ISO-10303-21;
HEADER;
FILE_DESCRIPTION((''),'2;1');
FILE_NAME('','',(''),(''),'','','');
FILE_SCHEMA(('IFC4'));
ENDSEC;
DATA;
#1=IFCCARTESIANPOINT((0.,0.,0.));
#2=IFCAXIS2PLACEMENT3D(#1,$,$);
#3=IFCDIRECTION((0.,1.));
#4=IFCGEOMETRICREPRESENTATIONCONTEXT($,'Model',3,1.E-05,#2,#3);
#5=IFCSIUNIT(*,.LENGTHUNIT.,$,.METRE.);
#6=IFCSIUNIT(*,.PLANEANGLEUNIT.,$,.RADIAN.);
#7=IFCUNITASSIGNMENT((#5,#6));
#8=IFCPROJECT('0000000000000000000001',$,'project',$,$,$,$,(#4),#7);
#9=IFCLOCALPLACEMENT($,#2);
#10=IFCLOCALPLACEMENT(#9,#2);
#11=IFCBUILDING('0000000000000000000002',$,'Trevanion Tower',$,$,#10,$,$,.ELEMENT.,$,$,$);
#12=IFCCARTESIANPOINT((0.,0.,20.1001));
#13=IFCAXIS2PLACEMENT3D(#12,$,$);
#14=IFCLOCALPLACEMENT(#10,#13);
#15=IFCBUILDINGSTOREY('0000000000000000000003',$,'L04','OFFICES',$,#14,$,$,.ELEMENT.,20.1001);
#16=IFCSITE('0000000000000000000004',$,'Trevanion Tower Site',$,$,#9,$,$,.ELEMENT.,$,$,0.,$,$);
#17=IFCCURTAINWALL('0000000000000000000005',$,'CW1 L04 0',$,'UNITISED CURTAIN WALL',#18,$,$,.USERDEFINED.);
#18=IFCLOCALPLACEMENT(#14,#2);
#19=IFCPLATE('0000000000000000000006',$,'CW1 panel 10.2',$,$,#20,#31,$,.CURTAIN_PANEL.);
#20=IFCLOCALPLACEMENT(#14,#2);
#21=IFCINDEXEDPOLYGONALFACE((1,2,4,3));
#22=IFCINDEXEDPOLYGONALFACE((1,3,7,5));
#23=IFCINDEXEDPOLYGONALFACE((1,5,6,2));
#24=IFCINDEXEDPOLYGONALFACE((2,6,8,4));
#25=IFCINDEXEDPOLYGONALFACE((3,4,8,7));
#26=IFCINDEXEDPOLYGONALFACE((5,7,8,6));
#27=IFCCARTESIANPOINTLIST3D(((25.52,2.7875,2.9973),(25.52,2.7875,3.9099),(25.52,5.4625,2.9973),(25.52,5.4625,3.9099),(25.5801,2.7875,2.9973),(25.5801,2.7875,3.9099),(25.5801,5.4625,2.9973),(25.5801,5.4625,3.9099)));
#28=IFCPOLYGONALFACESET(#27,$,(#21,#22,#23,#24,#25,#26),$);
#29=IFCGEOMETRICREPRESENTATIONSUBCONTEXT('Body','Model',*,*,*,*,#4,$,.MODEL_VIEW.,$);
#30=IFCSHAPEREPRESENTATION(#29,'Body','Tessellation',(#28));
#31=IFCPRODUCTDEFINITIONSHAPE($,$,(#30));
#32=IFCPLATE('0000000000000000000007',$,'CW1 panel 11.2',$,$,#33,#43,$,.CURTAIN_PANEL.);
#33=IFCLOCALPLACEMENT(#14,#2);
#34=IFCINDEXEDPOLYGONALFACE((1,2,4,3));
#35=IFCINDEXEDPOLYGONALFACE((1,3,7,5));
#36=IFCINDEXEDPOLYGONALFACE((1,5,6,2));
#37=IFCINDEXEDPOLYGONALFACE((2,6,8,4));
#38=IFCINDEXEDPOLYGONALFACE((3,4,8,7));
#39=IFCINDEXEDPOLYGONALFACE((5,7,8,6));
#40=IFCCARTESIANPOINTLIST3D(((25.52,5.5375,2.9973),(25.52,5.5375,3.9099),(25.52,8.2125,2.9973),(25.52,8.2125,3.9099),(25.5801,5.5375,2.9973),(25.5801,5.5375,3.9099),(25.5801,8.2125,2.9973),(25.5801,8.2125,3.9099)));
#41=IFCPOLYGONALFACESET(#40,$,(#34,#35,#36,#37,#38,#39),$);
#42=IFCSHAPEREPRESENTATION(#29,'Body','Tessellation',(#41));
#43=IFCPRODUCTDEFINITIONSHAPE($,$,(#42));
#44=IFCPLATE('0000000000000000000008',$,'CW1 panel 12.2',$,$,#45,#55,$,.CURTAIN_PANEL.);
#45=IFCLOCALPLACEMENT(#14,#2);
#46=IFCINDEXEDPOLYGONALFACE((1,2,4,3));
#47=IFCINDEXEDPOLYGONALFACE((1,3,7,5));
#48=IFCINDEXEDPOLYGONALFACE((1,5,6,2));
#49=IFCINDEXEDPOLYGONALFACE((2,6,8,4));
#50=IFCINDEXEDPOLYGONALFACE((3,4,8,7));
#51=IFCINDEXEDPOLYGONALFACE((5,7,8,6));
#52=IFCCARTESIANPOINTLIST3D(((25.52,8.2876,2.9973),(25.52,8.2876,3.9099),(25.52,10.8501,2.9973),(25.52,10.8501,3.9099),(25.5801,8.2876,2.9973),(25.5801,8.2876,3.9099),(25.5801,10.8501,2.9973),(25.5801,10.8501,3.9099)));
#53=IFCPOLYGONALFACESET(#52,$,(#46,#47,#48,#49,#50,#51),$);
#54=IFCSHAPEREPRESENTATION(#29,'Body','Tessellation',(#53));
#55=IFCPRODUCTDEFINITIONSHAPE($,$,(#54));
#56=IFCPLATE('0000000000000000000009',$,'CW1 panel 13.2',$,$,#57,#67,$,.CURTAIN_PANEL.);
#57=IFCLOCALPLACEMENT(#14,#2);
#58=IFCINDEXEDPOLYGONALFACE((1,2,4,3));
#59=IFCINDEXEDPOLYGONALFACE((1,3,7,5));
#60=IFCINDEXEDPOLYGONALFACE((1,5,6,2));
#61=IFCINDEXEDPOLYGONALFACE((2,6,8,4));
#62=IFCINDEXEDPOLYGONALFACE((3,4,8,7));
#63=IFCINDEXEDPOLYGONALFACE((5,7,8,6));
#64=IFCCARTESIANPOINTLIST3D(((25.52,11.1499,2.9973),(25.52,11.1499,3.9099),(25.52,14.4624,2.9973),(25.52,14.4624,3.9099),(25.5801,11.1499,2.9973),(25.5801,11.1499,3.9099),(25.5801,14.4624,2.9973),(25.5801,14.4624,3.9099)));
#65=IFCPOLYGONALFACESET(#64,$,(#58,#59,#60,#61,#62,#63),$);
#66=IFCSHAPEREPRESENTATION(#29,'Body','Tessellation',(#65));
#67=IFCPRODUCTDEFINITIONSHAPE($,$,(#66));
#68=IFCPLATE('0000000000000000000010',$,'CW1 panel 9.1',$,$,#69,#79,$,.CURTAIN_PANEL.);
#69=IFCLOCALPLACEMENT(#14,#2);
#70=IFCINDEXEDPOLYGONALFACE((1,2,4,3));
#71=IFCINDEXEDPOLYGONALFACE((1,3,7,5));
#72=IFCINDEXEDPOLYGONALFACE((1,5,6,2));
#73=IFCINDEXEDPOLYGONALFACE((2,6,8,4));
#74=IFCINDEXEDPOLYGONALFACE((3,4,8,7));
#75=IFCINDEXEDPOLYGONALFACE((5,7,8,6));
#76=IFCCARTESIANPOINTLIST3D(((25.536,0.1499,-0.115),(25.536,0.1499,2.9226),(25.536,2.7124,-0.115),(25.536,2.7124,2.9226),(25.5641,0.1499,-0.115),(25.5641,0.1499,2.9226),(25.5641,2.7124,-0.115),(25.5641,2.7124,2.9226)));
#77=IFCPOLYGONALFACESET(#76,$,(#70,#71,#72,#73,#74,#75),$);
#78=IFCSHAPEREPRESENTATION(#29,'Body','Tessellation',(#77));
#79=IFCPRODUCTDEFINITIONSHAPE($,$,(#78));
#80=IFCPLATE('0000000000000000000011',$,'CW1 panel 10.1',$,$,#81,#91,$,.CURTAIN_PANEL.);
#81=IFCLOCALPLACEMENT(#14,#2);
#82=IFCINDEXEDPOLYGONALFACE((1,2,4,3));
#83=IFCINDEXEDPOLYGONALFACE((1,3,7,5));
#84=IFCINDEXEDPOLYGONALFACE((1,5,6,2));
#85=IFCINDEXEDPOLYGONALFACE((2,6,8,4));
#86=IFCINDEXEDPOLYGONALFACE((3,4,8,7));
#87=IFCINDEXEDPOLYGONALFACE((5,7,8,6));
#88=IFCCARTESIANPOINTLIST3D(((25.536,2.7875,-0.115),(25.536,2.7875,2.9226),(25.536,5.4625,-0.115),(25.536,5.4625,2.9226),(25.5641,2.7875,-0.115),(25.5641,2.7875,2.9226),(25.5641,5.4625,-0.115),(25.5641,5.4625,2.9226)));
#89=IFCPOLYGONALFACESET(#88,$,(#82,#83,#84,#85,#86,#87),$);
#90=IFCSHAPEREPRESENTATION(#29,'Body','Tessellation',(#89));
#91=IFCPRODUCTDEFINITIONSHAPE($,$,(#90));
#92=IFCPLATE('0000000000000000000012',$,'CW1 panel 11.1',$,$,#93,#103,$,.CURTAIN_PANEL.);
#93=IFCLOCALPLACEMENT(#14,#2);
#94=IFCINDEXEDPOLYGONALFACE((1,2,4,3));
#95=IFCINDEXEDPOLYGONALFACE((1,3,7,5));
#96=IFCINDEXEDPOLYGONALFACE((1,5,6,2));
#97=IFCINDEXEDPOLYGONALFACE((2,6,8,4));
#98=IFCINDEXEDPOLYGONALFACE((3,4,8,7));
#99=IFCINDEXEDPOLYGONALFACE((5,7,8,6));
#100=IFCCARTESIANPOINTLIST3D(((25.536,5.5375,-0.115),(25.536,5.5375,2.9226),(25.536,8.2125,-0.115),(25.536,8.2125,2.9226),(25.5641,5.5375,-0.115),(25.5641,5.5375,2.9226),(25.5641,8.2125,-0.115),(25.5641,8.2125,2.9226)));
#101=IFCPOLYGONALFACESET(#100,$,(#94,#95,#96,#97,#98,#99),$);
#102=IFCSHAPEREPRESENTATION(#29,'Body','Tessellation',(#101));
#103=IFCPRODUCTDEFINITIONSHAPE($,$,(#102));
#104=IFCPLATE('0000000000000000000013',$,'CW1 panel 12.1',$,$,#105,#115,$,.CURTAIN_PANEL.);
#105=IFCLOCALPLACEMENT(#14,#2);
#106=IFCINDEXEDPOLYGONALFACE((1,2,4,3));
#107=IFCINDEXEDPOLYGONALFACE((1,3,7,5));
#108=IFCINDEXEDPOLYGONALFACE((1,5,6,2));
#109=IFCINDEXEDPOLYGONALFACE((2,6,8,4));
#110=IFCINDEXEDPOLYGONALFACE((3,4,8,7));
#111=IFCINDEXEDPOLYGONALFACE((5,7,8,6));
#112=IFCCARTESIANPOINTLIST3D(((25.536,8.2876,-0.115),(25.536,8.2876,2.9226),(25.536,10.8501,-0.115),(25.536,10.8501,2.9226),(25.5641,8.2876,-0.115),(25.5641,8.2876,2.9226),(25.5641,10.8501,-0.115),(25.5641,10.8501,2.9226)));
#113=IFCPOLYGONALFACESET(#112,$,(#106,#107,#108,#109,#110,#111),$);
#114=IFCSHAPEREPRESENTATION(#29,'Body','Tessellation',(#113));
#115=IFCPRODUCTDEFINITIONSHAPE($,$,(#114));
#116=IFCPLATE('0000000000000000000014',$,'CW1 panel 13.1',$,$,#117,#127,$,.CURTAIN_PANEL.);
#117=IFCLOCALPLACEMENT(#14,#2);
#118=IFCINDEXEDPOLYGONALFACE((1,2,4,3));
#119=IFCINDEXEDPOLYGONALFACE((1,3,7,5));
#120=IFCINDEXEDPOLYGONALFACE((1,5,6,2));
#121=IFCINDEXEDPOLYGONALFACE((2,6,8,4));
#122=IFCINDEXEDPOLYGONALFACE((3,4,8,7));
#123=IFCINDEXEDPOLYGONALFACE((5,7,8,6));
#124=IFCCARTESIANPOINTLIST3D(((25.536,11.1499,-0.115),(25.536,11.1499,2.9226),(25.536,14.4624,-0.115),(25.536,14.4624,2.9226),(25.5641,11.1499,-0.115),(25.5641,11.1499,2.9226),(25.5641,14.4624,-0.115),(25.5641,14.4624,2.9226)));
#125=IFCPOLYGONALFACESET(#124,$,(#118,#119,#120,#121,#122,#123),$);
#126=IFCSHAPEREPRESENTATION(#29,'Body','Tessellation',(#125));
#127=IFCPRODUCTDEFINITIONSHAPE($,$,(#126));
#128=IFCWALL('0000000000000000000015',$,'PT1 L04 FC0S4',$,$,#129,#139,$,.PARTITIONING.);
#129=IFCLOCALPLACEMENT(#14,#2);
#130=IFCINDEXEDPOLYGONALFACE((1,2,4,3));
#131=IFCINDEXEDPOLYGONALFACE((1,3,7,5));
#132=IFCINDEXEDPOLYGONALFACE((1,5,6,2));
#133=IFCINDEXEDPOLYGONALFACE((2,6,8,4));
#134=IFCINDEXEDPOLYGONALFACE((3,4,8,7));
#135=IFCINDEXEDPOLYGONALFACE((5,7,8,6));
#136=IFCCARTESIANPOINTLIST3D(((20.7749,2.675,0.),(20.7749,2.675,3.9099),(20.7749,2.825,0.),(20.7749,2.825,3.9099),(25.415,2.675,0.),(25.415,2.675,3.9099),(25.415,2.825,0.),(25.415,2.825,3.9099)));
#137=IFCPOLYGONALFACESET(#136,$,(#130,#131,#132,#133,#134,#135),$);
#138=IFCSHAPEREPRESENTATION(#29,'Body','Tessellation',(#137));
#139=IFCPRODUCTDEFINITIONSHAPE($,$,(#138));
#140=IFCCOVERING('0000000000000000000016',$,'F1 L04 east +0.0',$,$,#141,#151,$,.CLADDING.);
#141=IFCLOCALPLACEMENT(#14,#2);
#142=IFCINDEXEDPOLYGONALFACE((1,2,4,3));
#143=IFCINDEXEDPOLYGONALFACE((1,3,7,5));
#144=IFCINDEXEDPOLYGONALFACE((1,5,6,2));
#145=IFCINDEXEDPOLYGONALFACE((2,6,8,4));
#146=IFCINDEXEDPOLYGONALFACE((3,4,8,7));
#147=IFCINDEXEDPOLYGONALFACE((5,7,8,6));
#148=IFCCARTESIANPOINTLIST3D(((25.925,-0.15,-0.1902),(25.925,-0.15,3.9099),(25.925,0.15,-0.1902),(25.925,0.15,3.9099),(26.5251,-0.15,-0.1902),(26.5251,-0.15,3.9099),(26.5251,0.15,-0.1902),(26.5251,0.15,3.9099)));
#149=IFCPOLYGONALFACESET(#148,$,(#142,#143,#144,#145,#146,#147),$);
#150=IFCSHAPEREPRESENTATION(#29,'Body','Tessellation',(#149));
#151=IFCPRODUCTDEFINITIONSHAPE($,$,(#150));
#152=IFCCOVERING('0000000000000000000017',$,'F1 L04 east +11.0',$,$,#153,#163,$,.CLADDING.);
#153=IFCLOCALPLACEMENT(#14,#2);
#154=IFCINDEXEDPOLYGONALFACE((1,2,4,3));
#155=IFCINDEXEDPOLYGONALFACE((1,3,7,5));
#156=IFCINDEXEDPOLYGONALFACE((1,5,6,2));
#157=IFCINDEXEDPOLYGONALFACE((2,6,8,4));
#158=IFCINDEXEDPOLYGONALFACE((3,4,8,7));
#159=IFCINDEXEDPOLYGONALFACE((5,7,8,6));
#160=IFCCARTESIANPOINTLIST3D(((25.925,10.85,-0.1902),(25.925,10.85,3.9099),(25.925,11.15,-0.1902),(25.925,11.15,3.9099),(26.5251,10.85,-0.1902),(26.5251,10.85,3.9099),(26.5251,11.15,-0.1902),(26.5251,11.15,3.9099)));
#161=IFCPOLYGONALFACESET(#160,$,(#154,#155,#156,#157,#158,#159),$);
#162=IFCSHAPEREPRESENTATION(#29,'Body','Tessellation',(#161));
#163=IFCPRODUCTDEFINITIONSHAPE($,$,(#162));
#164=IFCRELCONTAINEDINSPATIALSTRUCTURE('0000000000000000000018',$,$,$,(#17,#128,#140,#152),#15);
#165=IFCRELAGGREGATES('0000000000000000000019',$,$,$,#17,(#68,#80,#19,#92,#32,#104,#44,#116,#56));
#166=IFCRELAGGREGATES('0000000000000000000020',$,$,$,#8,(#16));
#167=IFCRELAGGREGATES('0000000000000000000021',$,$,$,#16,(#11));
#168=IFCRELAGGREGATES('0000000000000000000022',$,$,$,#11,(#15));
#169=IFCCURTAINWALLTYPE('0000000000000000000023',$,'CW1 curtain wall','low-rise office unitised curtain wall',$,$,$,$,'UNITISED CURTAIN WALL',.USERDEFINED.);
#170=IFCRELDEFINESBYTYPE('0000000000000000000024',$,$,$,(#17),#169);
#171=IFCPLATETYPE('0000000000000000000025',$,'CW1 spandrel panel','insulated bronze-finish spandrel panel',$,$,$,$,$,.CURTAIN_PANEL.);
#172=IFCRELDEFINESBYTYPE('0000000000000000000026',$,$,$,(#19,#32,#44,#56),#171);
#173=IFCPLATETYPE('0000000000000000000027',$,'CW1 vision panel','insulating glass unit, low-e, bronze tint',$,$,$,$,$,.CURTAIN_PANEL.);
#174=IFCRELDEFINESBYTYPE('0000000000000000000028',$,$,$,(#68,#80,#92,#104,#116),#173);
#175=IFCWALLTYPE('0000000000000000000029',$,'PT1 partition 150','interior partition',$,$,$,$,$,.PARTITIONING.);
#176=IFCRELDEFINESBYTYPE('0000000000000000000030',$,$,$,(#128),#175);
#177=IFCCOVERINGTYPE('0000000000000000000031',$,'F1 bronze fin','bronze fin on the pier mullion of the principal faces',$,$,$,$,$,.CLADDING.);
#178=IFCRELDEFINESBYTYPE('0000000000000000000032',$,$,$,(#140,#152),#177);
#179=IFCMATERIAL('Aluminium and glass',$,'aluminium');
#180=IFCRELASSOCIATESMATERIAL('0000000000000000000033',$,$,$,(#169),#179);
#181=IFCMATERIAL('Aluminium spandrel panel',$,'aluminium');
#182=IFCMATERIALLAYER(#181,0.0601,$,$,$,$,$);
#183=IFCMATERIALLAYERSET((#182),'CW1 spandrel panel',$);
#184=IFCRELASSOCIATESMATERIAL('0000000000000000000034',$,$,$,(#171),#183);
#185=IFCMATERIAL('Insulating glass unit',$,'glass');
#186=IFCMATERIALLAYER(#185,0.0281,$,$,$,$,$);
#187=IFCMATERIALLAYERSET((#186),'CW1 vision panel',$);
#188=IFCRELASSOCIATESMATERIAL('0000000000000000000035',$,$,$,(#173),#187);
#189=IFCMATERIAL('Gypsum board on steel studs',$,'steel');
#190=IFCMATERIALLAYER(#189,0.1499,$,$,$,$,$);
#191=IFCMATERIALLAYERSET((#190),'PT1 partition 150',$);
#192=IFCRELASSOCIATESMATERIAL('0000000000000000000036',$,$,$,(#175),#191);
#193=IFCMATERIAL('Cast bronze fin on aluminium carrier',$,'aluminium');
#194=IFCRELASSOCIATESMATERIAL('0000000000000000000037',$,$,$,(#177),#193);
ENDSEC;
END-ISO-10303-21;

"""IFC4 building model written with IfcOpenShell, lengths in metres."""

from ifc_helpers import new_model, si_unit, direction, frame, frame_2d, origin, origin_2d, place, context, subcontext, project, spatial, rectangle, extrude, material, layer, layer_set, type_object, element, aggregate, save


model = new_model("IFC4")

# Units and contexts
model_context = context("Model", 3, precision=1e-05, world=origin(), true_north=direction((0.0, 1.0)))
body_context = subcontext(model_context, "Body", "Model", "MODEL_VIEW")
ifc_project = project(units=[si_unit("LENGTHUNIT", "METRE"), si_unit("PLANEANGLEUNIT", "RADIAN")], contexts=[model_context])

# Site, building, storey
site_placement = place(None, origin())
site = spatial("IfcSite", under=ifc_project, at=site_placement, Name="Trevanion Tower Site", CompositionType="ELEMENT", RefElevation=0.0)
building_placement = place(site_placement, origin())
building = spatial("IfcBuilding", under=site, at=building_placement, Name="Trevanion Tower", CompositionType="ELEMENT")
storey_placement = place(building_placement, frame((0.0, 0.0, 20.1001)))
storey = spatial("IfcBuildingStorey", under=building, at=storey_placement, Name="L04", Description="OFFICES", CompositionType="ELEMENT", Elevation=20.1001)

# Curtain wall
ifc_material_1 = material(Name="Aluminium and glass", Category="aluminium")
curtain_wall_type = type_object("IfcCurtainWallType", Name="CW1 curtain wall", Description="low-rise office unitised curtain wall", ElementType="UNITISED CURTAIN WALL", PredefinedType="USERDEFINED", material=ifc_material_1)
curtain_wall_placement = place(storey_placement, origin())
curtain_wall = element("IfcCurtainWall", 1, at=curtain_wall_placement, inside=storey, type_object=curtain_wall_type, Name="CW1 L04 0", ObjectType="UNITISED CURTAIN WALL", PredefinedType="USERDEFINED")

# Plates
ifc_material_2 = material(Name="Aluminium spandrel panel", Category="aluminium")
ifc_layer_1 = layer(ifc_material_2, 0.0601)
ifc_layer_set_1 = layer_set([ifc_layer_1], Name="CW1 spandrel panel")
plate_type_1 = type_object("IfcPlateType", Name="CW1 spandrel panel", Description="insulated bronze-finish spandrel panel", PredefinedType="CURTAIN_PANEL", material=ifc_layer_set_1)
plate_1_placement = place(storey_placement, frame((25.55, 4.125, 2.9973), z_axis=(0.0, 0.0, 1.0), x_axis=(0.0, 1.0, 0.0)))
plate_1 = element("IfcPlate", 2, at=plate_1_placement, type_object=plate_type_1, Name="CW1 panel 10.2", PredefinedType="CURTAIN_PANEL", context=body_context, shape_type="SweptSolid", body=[
    extrude(rectangle(XDim=2.675, YDim=0.0601, at=origin_2d()), origin(), (0.0, 0.0, 1.0), 0.9126),
])
plate_2_placement = place(storey_placement, frame((25.55, 6.875, 2.9973), z_axis=(0.0, 0.0, 1.0), x_axis=(0.0, 1.0, 0.0)))
plate_2 = element("IfcPlate", 3, at=plate_2_placement, type_object=plate_type_1, Name="CW1 panel 11.2", PredefinedType="CURTAIN_PANEL", context=body_context, shape_type="SweptSolid", body=[
    extrude(rectangle(XDim=2.675, YDim=0.0601, at=origin_2d()), origin(), (0.0, 0.0, 1.0), 0.9126),
])
plate_3_placement = place(storey_placement, frame((25.55, 9.5688, 2.9973), z_axis=(0.0, 0.0, 1.0), x_axis=(0.0, 1.0, 0.0)))
plate_3 = element("IfcPlate", 4, at=plate_3_placement, type_object=plate_type_1, Name="CW1 panel 12.2", PredefinedType="CURTAIN_PANEL", context=body_context, shape_type="SweptSolid", body=[
    extrude(rectangle(XDim=2.5625, YDim=0.0601, at=origin_2d()), origin(), (0.0, 0.0, 1.0), 0.9126),
])
plate_4_placement = place(storey_placement, frame((25.55, 12.8062, 2.9973), z_axis=(0.0, 0.0, 1.0), x_axis=(0.0, 1.0, 0.0)))
plate_4 = element("IfcPlate", 5, at=plate_4_placement, type_object=plate_type_1, Name="CW1 panel 13.2", PredefinedType="CURTAIN_PANEL", context=body_context, shape_type="SweptSolid", body=[
    extrude(rectangle(XDim=3.3125, YDim=0.0601, at=origin_2d()), origin(), (0.0, 0.0, 1.0), 0.9126),
])
ifc_material_3 = material(Name="Insulating glass unit", Category="glass")
ifc_layer_2 = layer(ifc_material_3, 0.0281)
ifc_layer_set_2 = layer_set([ifc_layer_2], Name="CW1 vision panel")
plate_type_2 = type_object("IfcPlateType", Name="CW1 vision panel", Description="insulating glass unit, low-e, bronze tint", PredefinedType="CURTAIN_PANEL", material=ifc_layer_set_2)
plate_5_placement = place(storey_placement, frame((25.55, 1.4312, -0.115), z_axis=(0.0, 0.0, 1.0), x_axis=(0.0, 1.0, 0.0)))
plate_5 = element("IfcPlate", 6, at=plate_5_placement, type_object=plate_type_2, Name="CW1 panel 9.1", PredefinedType="CURTAIN_PANEL", context=body_context, shape_type="SweptSolid", body=[
    extrude(rectangle(XDim=2.5625, YDim=0.0281, at=origin_2d()), origin(), (0.0, 0.0, 1.0), 3.0376),
])
plate_6_placement = place(storey_placement, frame((25.55, 4.125, -0.115), z_axis=(0.0, 0.0, 1.0), x_axis=(0.0, 1.0, 0.0)))
plate_6 = element("IfcPlate", 7, at=plate_6_placement, type_object=plate_type_2, Name="CW1 panel 10.1", PredefinedType="CURTAIN_PANEL", context=body_context, shape_type="SweptSolid", body=[
    extrude(rectangle(XDim=2.675, YDim=0.0281, at=origin_2d()), origin(), (0.0, 0.0, 1.0), 3.0376),
])
plate_7_placement = place(storey_placement, frame((25.55, 6.875, -0.115), z_axis=(0.0, 0.0, 1.0), x_axis=(0.0, 1.0, 0.0)))
plate_7 = element("IfcPlate", 8, at=plate_7_placement, type_object=plate_type_2, Name="CW1 panel 11.1", PredefinedType="CURTAIN_PANEL", context=body_context, shape_type="SweptSolid", body=[
    extrude(rectangle(XDim=2.675, YDim=0.0281, at=origin_2d()), origin(), (0.0, 0.0, 1.0), 3.0376),
])
plate_8_placement = place(storey_placement, frame((25.55, 9.5688, -0.115), z_axis=(0.0, 0.0, 1.0), x_axis=(0.0, 1.0, 0.0)))
plate_8 = element("IfcPlate", 9, at=plate_8_placement, type_object=plate_type_2, Name="CW1 panel 12.1", PredefinedType="CURTAIN_PANEL", context=body_context, shape_type="SweptSolid", body=[
    extrude(rectangle(XDim=2.5625, YDim=0.0281, at=origin_2d()), origin(), (0.0, 0.0, 1.0), 3.0376),
])
plate_9_placement = place(storey_placement, frame((25.55, 12.8062, -0.115), z_axis=(0.0, 0.0, 1.0), x_axis=(0.0, 1.0, 0.0)))
plate_9 = element("IfcPlate", 10, at=plate_9_placement, type_object=plate_type_2, Name="CW1 panel 13.1", PredefinedType="CURTAIN_PANEL", context=body_context, shape_type="SweptSolid", body=[
    extrude(rectangle(XDim=3.3125, YDim=0.0281, at=origin_2d()), origin(), (0.0, 0.0, 1.0), 3.0376),
])
aggregate(curtain_wall, [plate_5, plate_6, plate_1, plate_7, plate_2, plate_8, plate_3, plate_9, plate_4])

# Wall
ifc_material_4 = material(Name="Gypsum board on steel studs", Category="steel")
ifc_layer_3 = layer(ifc_material_4, 0.1499)
ifc_layer_set_3 = layer_set([ifc_layer_3], Name="PT1 partition 150")
wall_type = type_object("IfcWallType", Name="PT1 partition 150", Description="interior partition", PredefinedType="PARTITIONING", material=ifc_layer_set_3)
wall_placement = place(storey_placement, frame((20.7749, 2.75, 0.0), z_axis=(0.0, 0.0, 1.0), x_axis=(1.0, 0.0, 0.0)))
element("IfcWall", 11, at=wall_placement, inside=storey, type_object=wall_type, Name="PT1 L04 FC0S4", PredefinedType="PARTITIONING", context=body_context, shape_type="SweptSolid", body=[
    extrude(rectangle(XDim=4.6401, YDim=0.1499, at=frame_2d((2.3201, 0.0))), origin(), (0.0, 0.0, 1.0), 3.9099),
])

# Coverings
ifc_material_5 = material(Name="Cast bronze fin on aluminium carrier", Category="aluminium")
covering_type = type_object("IfcCoveringType", Name="F1 bronze fin", Description="bronze fin on the pier mullion of the principal faces", PredefinedType="CLADDING", material=ifc_material_5)
for number, where, z_axis, x_axis, name in (
    (12, (26.2251, 0.0, -0.1902), (0.0, 0.0, 1.0), (0.0, 1.0, 0.0), "F1 L04 east +0.0"),
    (13, (26.2251, 11.0, -0.1902), (0.0, 0.0, 1.0), (0.0, 1.0, 0.0), "F1 L04 east +11.0"),
):
    element("IfcCovering", number, at=place(storey_placement, frame(where, z_axis=z_axis, x_axis=x_axis)), inside=storey, type_object=covering_type, Name=name, PredefinedType="CLADDING", context=body_context, shape_type="SweptSolid", body=[
        extrude(rectangle(XDim=0.3, YDim=0.6001, at=origin_2d()), origin(), (0.0, 0.0, 1.0), 4.1001),
    ])

save(model, "model.ifc")
